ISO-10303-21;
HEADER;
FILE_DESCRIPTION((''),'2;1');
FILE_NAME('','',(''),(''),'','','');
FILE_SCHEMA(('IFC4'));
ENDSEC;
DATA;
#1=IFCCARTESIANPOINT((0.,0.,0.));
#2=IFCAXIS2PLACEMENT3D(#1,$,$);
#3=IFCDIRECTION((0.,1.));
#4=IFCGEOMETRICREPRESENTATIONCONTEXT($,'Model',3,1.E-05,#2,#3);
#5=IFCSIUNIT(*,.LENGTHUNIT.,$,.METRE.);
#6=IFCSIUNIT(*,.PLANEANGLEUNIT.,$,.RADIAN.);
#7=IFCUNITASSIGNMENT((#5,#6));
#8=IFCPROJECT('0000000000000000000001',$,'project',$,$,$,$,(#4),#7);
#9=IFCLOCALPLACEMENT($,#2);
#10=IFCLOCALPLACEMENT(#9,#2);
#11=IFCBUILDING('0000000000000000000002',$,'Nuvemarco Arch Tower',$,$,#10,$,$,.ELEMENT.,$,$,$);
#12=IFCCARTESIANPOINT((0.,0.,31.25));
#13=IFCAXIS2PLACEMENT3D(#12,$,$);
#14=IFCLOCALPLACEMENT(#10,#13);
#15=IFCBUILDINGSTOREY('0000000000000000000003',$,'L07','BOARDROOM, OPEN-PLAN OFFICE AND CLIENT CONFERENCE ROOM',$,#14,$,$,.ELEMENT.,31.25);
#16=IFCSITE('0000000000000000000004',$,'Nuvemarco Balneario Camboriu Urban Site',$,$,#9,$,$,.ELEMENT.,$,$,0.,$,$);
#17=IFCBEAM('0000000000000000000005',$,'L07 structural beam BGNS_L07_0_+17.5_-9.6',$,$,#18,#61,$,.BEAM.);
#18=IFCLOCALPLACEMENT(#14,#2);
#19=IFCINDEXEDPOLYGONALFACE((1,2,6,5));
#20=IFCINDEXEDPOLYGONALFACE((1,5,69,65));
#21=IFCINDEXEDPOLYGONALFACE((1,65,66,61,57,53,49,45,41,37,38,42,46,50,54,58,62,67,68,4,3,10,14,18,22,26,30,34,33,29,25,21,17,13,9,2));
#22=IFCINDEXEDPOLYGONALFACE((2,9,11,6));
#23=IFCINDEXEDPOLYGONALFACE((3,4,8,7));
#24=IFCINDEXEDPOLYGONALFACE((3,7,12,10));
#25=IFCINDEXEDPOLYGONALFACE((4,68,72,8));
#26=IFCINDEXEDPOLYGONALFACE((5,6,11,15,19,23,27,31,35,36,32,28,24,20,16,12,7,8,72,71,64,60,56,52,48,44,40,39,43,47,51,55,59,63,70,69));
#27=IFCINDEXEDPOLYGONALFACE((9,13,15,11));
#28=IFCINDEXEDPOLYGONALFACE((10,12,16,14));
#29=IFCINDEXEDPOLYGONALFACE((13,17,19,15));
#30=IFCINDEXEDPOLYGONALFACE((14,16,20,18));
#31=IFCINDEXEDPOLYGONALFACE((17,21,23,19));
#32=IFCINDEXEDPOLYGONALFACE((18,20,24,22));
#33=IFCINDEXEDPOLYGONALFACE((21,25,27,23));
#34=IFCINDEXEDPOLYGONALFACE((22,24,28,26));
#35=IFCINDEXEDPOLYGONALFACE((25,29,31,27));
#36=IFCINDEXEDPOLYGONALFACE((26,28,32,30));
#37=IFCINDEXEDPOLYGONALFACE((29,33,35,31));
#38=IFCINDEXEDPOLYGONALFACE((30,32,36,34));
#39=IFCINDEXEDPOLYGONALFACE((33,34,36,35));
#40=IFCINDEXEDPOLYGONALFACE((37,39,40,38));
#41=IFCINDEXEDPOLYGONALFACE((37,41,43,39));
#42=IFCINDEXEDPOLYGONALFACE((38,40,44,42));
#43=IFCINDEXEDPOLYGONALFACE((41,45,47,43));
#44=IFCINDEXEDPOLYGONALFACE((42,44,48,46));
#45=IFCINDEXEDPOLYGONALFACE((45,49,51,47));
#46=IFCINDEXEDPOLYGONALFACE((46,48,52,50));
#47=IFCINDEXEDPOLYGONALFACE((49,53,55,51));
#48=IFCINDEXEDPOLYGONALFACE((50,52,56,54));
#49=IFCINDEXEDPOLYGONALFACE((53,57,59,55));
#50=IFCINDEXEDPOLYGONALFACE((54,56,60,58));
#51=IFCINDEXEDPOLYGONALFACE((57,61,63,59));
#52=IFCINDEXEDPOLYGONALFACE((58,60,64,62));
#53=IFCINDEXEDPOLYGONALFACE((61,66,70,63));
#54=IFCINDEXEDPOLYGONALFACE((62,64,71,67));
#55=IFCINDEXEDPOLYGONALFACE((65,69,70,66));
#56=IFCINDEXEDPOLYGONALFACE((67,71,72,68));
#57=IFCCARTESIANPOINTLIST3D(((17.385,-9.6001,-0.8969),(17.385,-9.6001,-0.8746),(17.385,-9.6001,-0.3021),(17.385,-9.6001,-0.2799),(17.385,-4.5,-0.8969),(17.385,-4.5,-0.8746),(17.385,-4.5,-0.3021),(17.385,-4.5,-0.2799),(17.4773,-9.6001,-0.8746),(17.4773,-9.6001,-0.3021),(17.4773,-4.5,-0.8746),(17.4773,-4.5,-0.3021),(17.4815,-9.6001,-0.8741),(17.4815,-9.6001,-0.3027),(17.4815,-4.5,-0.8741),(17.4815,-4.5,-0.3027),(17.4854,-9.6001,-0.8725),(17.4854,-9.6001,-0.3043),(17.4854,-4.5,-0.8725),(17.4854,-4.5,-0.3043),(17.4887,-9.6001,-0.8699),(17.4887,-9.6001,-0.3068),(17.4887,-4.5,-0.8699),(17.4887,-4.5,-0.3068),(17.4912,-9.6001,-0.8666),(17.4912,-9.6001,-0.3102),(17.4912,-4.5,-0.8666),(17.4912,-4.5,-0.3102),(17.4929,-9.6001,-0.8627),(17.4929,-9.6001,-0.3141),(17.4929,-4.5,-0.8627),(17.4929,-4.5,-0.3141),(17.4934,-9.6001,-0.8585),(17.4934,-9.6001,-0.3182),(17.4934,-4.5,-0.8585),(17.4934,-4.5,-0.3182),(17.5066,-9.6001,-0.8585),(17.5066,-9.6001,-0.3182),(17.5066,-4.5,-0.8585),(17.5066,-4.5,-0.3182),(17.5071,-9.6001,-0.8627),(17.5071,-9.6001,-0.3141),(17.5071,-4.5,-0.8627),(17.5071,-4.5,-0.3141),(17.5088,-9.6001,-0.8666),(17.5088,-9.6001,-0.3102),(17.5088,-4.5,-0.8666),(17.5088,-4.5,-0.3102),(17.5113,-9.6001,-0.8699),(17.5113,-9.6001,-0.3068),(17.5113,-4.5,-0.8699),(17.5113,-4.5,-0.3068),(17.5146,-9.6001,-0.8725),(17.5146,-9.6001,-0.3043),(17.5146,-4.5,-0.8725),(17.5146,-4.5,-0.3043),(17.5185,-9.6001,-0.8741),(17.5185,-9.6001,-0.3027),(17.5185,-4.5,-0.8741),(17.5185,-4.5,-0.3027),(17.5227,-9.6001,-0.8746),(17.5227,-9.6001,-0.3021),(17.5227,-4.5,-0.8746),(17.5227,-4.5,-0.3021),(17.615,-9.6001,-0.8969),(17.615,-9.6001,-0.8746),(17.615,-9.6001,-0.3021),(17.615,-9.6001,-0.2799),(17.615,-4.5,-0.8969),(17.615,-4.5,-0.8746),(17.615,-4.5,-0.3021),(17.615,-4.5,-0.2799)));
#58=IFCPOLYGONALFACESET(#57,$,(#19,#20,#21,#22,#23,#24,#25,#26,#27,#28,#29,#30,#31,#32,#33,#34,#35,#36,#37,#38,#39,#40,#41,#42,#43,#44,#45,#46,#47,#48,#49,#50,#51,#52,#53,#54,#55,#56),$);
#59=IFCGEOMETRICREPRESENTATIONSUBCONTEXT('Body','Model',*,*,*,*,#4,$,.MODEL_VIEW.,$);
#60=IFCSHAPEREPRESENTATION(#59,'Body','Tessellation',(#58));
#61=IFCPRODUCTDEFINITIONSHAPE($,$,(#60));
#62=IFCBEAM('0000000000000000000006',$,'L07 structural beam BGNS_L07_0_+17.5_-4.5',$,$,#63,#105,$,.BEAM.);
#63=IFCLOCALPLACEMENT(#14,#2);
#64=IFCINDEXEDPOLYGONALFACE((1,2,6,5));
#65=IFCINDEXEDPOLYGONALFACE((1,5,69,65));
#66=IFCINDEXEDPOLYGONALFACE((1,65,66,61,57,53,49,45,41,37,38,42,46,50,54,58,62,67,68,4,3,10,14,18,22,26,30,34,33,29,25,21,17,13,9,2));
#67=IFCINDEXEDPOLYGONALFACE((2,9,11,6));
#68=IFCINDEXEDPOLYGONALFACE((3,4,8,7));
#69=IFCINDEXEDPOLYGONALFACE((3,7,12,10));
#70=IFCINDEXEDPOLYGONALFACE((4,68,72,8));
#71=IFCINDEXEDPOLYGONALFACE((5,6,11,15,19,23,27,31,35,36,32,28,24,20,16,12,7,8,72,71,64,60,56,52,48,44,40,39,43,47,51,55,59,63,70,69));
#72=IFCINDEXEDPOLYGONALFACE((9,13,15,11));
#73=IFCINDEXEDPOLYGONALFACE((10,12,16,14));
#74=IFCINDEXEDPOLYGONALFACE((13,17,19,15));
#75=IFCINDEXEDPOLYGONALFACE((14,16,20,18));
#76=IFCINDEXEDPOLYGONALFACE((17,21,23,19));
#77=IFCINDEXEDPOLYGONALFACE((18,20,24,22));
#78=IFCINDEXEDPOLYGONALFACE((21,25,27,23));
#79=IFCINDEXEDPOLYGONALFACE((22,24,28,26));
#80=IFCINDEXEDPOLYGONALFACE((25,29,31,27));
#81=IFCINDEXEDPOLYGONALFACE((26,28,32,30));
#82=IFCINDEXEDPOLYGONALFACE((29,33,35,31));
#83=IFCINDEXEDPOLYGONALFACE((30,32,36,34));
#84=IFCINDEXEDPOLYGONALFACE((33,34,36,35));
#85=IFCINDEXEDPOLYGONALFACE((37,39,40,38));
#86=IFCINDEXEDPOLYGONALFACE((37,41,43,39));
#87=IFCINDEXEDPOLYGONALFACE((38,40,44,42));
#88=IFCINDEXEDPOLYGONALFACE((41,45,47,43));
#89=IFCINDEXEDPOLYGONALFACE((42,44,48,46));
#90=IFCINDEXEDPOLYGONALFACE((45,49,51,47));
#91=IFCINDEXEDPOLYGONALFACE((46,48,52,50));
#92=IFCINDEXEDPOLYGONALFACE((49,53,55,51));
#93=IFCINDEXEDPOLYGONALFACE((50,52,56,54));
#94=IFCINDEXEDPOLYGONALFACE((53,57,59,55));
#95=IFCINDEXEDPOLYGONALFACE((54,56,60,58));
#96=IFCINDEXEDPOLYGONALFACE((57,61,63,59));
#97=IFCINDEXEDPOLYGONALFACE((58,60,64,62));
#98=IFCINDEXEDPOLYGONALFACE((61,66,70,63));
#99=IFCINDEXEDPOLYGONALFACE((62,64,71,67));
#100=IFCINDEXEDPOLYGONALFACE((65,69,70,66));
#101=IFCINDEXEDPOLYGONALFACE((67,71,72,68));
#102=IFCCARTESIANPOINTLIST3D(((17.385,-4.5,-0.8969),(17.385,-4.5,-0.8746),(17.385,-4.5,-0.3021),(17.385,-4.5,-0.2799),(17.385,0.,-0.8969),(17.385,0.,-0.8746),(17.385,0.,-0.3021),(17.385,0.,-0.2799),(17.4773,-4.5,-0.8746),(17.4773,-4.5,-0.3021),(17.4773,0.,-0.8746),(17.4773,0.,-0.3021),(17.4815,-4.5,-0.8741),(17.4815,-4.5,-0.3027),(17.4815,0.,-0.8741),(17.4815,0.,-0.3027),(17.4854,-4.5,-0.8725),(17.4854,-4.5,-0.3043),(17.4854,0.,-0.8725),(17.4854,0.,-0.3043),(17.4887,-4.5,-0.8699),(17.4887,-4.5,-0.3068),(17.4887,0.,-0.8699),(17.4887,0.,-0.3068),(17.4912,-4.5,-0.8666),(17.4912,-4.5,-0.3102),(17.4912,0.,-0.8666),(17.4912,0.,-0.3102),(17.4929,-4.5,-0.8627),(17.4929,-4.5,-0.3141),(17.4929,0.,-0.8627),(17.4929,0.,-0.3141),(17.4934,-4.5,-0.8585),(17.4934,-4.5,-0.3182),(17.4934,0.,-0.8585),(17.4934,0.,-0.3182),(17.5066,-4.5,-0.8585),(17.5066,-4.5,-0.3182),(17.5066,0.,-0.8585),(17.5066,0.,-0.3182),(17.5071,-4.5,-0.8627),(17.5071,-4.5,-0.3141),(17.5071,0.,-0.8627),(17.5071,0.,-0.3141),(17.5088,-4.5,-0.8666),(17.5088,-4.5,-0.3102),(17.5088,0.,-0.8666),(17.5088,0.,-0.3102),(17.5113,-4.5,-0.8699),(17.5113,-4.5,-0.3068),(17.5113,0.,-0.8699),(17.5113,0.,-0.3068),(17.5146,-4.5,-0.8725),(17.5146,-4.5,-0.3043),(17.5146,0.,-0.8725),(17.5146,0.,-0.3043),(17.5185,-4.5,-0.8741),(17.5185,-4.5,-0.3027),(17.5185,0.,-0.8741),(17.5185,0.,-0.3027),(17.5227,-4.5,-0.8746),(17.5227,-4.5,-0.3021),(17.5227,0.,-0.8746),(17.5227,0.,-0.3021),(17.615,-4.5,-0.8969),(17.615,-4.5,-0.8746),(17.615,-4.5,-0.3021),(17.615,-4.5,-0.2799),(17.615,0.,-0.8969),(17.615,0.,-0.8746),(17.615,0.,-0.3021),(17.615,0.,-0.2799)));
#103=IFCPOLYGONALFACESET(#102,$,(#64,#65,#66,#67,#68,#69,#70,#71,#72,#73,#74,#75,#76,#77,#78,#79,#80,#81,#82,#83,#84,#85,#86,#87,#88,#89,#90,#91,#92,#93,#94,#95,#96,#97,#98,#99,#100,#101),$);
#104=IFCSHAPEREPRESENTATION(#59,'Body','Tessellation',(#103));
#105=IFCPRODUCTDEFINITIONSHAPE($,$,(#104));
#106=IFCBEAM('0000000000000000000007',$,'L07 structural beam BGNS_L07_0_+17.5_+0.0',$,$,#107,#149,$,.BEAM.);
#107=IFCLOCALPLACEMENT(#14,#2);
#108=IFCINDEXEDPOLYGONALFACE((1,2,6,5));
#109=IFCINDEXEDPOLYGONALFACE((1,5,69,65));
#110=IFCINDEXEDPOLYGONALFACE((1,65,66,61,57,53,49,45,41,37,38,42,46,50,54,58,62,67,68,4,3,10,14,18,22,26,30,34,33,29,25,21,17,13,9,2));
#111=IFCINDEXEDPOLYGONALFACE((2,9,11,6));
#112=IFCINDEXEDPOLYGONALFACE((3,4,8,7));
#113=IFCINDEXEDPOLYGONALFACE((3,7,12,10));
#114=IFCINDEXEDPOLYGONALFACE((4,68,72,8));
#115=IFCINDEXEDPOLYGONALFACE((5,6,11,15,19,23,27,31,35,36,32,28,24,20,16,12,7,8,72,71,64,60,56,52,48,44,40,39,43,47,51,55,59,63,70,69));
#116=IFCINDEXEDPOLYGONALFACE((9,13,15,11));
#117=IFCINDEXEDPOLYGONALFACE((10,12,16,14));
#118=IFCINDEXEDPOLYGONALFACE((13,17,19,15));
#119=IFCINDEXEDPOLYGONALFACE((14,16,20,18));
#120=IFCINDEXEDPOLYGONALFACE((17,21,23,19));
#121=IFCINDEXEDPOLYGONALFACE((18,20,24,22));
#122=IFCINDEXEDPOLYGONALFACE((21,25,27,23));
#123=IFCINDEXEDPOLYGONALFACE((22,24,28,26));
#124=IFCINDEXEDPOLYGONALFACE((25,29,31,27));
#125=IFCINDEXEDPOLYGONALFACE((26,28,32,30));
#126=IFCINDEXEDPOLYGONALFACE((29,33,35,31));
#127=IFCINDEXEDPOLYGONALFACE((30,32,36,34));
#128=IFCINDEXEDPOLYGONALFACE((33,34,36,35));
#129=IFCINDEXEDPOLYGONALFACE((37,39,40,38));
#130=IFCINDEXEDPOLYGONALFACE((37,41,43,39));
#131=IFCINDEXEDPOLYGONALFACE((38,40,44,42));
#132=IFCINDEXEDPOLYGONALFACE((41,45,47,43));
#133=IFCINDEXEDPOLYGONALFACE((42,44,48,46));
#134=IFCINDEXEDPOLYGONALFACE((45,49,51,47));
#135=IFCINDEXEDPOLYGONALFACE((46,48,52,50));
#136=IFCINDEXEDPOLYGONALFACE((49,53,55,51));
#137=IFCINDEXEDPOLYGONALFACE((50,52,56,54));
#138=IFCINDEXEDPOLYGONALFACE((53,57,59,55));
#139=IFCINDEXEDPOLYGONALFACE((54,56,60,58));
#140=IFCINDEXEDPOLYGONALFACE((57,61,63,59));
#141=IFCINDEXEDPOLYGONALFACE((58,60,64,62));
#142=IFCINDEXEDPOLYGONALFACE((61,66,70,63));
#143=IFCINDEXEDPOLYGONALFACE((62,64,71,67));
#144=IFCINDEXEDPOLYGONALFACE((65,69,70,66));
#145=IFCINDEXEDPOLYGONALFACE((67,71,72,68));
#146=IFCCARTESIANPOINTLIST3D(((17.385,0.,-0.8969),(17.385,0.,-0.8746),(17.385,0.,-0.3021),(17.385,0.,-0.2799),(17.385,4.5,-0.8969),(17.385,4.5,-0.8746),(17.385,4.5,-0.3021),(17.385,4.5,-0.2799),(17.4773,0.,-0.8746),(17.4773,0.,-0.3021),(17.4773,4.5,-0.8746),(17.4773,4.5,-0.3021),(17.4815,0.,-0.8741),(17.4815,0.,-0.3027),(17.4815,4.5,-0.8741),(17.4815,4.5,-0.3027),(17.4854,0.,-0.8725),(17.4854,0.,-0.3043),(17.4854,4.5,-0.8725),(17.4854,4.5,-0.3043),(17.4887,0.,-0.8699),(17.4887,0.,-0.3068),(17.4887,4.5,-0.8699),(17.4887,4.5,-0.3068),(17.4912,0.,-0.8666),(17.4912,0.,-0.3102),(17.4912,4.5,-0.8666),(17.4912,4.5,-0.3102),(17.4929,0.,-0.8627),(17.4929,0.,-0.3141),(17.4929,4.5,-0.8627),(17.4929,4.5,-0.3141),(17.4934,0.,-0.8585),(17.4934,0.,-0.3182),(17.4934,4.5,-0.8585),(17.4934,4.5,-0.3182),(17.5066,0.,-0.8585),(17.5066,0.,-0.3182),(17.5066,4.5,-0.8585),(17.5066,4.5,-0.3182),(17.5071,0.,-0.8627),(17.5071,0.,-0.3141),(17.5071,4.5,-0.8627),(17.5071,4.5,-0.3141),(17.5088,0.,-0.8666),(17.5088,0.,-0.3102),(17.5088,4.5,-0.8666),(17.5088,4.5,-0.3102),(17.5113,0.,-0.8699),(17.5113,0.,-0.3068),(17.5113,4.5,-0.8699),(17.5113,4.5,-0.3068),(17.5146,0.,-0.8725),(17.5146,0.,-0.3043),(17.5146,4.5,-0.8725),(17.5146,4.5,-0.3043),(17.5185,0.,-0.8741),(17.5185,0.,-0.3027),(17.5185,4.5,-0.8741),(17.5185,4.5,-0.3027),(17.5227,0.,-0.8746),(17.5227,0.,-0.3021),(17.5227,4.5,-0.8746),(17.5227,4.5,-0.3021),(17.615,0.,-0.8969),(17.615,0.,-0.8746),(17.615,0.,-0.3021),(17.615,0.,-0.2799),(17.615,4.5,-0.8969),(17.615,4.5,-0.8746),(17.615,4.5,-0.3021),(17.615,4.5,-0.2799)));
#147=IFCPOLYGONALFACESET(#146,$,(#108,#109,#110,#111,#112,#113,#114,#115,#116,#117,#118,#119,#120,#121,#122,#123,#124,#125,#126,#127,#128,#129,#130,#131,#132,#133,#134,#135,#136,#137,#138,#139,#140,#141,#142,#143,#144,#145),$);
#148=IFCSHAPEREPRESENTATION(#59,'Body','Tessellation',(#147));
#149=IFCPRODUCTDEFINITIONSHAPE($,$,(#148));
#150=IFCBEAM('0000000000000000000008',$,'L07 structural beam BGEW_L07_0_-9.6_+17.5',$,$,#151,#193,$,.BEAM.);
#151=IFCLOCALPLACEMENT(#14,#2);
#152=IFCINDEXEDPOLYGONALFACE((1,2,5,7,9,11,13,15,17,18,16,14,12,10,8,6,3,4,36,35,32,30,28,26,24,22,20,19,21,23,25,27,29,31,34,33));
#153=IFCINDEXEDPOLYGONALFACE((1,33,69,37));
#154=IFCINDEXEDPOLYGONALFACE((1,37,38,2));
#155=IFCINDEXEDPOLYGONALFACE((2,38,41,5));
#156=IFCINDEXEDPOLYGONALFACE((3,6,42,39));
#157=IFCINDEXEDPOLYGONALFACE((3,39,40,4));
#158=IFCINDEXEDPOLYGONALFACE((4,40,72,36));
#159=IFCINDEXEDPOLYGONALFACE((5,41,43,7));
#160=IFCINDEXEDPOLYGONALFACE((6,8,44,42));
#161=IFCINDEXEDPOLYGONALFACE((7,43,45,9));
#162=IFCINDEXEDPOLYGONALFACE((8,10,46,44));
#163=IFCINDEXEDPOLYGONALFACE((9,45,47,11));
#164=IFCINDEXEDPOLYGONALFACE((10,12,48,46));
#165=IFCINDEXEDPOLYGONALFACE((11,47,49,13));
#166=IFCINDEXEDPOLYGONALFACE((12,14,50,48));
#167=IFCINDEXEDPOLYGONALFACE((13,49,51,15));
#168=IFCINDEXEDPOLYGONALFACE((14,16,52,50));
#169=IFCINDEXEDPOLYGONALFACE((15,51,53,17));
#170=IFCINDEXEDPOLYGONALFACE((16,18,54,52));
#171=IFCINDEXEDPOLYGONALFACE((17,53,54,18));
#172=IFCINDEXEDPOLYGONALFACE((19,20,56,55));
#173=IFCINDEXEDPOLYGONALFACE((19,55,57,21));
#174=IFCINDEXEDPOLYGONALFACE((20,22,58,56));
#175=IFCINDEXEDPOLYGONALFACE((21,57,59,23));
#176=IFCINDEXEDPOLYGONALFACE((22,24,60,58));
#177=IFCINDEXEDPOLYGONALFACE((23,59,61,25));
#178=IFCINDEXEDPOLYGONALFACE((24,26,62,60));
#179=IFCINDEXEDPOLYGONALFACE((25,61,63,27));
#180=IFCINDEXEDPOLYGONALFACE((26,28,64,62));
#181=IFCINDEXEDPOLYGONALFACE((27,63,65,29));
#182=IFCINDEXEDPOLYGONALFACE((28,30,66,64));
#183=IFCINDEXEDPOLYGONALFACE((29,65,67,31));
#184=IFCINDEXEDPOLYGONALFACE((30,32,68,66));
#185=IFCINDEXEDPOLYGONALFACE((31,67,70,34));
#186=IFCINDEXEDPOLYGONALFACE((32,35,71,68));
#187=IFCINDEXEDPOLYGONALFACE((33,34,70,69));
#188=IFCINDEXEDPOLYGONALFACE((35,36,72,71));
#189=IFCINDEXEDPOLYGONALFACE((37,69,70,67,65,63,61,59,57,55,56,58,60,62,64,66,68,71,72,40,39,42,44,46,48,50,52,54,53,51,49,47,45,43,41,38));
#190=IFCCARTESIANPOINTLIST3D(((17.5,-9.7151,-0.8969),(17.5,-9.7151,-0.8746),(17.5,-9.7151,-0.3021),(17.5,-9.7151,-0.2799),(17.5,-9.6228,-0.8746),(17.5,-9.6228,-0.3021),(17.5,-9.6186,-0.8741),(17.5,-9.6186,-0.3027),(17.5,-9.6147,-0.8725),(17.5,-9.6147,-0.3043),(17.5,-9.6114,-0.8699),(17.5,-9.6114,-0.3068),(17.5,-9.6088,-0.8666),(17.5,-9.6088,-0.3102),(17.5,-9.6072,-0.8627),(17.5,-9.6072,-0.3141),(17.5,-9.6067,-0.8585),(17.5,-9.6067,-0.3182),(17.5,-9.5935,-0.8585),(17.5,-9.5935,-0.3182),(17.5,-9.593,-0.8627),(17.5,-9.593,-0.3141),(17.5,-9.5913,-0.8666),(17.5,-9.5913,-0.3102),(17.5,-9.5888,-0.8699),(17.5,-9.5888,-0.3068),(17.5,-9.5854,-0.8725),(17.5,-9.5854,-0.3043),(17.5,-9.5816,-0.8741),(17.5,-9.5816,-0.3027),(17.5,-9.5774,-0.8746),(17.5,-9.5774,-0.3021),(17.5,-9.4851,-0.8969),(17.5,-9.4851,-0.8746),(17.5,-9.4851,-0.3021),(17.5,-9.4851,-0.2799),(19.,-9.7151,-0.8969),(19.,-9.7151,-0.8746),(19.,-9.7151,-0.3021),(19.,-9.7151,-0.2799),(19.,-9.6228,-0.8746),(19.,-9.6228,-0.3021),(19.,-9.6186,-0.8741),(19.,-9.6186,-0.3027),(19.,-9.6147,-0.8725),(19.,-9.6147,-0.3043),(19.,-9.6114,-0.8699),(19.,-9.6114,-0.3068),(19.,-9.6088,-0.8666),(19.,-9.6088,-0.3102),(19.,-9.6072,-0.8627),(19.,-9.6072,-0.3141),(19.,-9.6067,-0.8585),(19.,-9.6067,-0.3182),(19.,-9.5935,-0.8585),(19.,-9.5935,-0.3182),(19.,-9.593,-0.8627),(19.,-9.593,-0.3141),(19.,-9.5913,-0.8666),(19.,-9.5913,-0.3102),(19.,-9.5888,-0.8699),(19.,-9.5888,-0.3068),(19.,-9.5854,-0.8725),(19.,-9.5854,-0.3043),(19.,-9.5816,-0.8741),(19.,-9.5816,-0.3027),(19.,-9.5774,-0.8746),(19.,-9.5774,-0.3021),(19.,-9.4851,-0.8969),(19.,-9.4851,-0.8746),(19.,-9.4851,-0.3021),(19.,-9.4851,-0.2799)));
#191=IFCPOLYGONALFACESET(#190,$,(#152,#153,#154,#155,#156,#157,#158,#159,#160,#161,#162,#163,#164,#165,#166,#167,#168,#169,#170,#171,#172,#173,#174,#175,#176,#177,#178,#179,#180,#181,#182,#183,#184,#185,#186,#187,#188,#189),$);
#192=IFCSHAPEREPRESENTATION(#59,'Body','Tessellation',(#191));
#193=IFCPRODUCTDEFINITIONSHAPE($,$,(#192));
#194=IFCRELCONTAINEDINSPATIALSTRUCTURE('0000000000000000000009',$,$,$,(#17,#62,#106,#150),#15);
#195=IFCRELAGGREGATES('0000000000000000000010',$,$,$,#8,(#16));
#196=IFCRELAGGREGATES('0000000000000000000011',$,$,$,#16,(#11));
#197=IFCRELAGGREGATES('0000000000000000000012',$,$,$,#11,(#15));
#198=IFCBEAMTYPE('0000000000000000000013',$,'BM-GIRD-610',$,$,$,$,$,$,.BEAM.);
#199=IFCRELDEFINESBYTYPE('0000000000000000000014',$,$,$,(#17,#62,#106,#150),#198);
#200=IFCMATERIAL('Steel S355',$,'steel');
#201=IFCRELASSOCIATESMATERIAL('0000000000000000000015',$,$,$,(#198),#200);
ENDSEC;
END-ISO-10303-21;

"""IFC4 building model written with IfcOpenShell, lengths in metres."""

from ifc_helpers import new_model, si_unit, direction, frame, origin, origin_2d, place, context, subcontext, project, spatial, i_section, extrude, material, material_profile, profile_set, type_object, element, save


model = new_model("IFC4")

# Units and contexts
model_context = context("Model", 3, precision=1e-05, world=origin(), true_north=direction((0.0, 1.0)))
body_context = subcontext(model_context, "Body", "Model", "MODEL_VIEW")
ifc_project = project(units=[si_unit("LENGTHUNIT", "METRE"), si_unit("PLANEANGLEUNIT", "RADIAN")], contexts=[model_context])

# Site, building, storey
site_placement = place(None, origin())
site = spatial("IfcSite", under=ifc_project, at=site_placement, Name="Nuvemarco Balneario Camboriu Urban Site", CompositionType="ELEMENT", RefElevation=0.0)
building_placement = place(site_placement, origin())
building = spatial("IfcBuilding", under=site, at=building_placement, Name="Nuvemarco Arch Tower", CompositionType="ELEMENT")
storey_placement = place(building_placement, frame((0.0, 0.0, 31.25)))
storey = spatial("IfcBuildingStorey", under=building, at=storey_placement, Name="L07", Description="BOARDROOM, OPEN-PLAN OFFICE AND CLIENT CONFERENCE ROOM", CompositionType="ELEMENT", Elevation=31.25)

# Beams
ifc_material_1 = material(Name="Steel S355", Category="steel")
ifc_material_profile_1 = material_profile(ifc_material_1, i_section(OverallWidth=0.23, OverallDepth=0.6169, WebThickness=0.0132, FlangeThickness=0.0222, FilletRadius=0.0161, at=origin_2d()), Name="W610x140")
ifc_profile_set_1 = profile_set([ifc_material_profile_1], Name="Steel S355")
beam_type_1 = type_object("IfcBeamType", Name="BM-GIRD-610", PredefinedType="BEAM", material=ifc_profile_set_1)
beam_1_placement = place(storey_placement, frame((17.5, -9.6001, -0.5884), z_axis=(0.0, 1.0, 0.0), x_axis=(-1.0, 0.0, 0.0)))
element("IfcBeam", 1, at=beam_1_placement, inside=storey, type_object=beam_type_1, Name="L07 structural beam BGNS_L07_0_+17.5_-9.6", PredefinedType="BEAM", context=body_context, shape_type="SweptSolid", body=[
    extrude(i_section(OverallWidth=0.23, OverallDepth=0.6169, WebThickness=0.0132, FlangeThickness=0.0222, FilletRadius=0.0161, at=origin_2d()), origin(), (0.0, 0.0, 1.0), 5.1001),
])
for number, where, z_axis, x_axis, name in (
    (2, (17.5, -4.5, -0.5884), (0.0, 1.0, 0.0), (-1.0, 0.0, 0.0), "L07 structural beam BGNS_L07_0_+17.5_-4.5"),
    (3, (17.5, 0.0, -0.5884), (0.0, 1.0, 0.0), (-1.0, 0.0, 0.0), "L07 structural beam BGNS_L07_0_+17.5_+0.0"),
):
    element("IfcBeam", number, at=place(storey_placement, frame(where, z_axis=z_axis, x_axis=x_axis)), inside=storey, type_object=beam_type_1, Name=name, PredefinedType="BEAM", context=body_context, shape_type="SweptSolid", body=[
        extrude(i_section(OverallWidth=0.23, OverallDepth=0.6169, WebThickness=0.0132, FlangeThickness=0.0222, FilletRadius=0.0161, at=origin_2d()), origin(), (0.0, 0.0, 1.0), 4.5),
    ])
beam_2_placement = place(storey_placement, frame((17.5, -9.6001, -0.5884), z_axis=(1.0, 0.0, 0.0), x_axis=(0.0, 1.0, 0.0)))
element("IfcBeam", 4, at=beam_2_placement, inside=storey, type_object=beam_type_1, Name="L07 structural beam BGEW_L07_0_-9.6_+17.5", PredefinedType="BEAM", context=body_context, shape_type="SweptSolid", body=[
    extrude(i_section(OverallWidth=0.23, OverallDepth=0.6169, WebThickness=0.0132, FlangeThickness=0.0222, FilletRadius=0.0161, at=origin_2d()), origin(), (0.0, 0.0, 1.0), 1.5),
])

save(model, "model.ifc")
